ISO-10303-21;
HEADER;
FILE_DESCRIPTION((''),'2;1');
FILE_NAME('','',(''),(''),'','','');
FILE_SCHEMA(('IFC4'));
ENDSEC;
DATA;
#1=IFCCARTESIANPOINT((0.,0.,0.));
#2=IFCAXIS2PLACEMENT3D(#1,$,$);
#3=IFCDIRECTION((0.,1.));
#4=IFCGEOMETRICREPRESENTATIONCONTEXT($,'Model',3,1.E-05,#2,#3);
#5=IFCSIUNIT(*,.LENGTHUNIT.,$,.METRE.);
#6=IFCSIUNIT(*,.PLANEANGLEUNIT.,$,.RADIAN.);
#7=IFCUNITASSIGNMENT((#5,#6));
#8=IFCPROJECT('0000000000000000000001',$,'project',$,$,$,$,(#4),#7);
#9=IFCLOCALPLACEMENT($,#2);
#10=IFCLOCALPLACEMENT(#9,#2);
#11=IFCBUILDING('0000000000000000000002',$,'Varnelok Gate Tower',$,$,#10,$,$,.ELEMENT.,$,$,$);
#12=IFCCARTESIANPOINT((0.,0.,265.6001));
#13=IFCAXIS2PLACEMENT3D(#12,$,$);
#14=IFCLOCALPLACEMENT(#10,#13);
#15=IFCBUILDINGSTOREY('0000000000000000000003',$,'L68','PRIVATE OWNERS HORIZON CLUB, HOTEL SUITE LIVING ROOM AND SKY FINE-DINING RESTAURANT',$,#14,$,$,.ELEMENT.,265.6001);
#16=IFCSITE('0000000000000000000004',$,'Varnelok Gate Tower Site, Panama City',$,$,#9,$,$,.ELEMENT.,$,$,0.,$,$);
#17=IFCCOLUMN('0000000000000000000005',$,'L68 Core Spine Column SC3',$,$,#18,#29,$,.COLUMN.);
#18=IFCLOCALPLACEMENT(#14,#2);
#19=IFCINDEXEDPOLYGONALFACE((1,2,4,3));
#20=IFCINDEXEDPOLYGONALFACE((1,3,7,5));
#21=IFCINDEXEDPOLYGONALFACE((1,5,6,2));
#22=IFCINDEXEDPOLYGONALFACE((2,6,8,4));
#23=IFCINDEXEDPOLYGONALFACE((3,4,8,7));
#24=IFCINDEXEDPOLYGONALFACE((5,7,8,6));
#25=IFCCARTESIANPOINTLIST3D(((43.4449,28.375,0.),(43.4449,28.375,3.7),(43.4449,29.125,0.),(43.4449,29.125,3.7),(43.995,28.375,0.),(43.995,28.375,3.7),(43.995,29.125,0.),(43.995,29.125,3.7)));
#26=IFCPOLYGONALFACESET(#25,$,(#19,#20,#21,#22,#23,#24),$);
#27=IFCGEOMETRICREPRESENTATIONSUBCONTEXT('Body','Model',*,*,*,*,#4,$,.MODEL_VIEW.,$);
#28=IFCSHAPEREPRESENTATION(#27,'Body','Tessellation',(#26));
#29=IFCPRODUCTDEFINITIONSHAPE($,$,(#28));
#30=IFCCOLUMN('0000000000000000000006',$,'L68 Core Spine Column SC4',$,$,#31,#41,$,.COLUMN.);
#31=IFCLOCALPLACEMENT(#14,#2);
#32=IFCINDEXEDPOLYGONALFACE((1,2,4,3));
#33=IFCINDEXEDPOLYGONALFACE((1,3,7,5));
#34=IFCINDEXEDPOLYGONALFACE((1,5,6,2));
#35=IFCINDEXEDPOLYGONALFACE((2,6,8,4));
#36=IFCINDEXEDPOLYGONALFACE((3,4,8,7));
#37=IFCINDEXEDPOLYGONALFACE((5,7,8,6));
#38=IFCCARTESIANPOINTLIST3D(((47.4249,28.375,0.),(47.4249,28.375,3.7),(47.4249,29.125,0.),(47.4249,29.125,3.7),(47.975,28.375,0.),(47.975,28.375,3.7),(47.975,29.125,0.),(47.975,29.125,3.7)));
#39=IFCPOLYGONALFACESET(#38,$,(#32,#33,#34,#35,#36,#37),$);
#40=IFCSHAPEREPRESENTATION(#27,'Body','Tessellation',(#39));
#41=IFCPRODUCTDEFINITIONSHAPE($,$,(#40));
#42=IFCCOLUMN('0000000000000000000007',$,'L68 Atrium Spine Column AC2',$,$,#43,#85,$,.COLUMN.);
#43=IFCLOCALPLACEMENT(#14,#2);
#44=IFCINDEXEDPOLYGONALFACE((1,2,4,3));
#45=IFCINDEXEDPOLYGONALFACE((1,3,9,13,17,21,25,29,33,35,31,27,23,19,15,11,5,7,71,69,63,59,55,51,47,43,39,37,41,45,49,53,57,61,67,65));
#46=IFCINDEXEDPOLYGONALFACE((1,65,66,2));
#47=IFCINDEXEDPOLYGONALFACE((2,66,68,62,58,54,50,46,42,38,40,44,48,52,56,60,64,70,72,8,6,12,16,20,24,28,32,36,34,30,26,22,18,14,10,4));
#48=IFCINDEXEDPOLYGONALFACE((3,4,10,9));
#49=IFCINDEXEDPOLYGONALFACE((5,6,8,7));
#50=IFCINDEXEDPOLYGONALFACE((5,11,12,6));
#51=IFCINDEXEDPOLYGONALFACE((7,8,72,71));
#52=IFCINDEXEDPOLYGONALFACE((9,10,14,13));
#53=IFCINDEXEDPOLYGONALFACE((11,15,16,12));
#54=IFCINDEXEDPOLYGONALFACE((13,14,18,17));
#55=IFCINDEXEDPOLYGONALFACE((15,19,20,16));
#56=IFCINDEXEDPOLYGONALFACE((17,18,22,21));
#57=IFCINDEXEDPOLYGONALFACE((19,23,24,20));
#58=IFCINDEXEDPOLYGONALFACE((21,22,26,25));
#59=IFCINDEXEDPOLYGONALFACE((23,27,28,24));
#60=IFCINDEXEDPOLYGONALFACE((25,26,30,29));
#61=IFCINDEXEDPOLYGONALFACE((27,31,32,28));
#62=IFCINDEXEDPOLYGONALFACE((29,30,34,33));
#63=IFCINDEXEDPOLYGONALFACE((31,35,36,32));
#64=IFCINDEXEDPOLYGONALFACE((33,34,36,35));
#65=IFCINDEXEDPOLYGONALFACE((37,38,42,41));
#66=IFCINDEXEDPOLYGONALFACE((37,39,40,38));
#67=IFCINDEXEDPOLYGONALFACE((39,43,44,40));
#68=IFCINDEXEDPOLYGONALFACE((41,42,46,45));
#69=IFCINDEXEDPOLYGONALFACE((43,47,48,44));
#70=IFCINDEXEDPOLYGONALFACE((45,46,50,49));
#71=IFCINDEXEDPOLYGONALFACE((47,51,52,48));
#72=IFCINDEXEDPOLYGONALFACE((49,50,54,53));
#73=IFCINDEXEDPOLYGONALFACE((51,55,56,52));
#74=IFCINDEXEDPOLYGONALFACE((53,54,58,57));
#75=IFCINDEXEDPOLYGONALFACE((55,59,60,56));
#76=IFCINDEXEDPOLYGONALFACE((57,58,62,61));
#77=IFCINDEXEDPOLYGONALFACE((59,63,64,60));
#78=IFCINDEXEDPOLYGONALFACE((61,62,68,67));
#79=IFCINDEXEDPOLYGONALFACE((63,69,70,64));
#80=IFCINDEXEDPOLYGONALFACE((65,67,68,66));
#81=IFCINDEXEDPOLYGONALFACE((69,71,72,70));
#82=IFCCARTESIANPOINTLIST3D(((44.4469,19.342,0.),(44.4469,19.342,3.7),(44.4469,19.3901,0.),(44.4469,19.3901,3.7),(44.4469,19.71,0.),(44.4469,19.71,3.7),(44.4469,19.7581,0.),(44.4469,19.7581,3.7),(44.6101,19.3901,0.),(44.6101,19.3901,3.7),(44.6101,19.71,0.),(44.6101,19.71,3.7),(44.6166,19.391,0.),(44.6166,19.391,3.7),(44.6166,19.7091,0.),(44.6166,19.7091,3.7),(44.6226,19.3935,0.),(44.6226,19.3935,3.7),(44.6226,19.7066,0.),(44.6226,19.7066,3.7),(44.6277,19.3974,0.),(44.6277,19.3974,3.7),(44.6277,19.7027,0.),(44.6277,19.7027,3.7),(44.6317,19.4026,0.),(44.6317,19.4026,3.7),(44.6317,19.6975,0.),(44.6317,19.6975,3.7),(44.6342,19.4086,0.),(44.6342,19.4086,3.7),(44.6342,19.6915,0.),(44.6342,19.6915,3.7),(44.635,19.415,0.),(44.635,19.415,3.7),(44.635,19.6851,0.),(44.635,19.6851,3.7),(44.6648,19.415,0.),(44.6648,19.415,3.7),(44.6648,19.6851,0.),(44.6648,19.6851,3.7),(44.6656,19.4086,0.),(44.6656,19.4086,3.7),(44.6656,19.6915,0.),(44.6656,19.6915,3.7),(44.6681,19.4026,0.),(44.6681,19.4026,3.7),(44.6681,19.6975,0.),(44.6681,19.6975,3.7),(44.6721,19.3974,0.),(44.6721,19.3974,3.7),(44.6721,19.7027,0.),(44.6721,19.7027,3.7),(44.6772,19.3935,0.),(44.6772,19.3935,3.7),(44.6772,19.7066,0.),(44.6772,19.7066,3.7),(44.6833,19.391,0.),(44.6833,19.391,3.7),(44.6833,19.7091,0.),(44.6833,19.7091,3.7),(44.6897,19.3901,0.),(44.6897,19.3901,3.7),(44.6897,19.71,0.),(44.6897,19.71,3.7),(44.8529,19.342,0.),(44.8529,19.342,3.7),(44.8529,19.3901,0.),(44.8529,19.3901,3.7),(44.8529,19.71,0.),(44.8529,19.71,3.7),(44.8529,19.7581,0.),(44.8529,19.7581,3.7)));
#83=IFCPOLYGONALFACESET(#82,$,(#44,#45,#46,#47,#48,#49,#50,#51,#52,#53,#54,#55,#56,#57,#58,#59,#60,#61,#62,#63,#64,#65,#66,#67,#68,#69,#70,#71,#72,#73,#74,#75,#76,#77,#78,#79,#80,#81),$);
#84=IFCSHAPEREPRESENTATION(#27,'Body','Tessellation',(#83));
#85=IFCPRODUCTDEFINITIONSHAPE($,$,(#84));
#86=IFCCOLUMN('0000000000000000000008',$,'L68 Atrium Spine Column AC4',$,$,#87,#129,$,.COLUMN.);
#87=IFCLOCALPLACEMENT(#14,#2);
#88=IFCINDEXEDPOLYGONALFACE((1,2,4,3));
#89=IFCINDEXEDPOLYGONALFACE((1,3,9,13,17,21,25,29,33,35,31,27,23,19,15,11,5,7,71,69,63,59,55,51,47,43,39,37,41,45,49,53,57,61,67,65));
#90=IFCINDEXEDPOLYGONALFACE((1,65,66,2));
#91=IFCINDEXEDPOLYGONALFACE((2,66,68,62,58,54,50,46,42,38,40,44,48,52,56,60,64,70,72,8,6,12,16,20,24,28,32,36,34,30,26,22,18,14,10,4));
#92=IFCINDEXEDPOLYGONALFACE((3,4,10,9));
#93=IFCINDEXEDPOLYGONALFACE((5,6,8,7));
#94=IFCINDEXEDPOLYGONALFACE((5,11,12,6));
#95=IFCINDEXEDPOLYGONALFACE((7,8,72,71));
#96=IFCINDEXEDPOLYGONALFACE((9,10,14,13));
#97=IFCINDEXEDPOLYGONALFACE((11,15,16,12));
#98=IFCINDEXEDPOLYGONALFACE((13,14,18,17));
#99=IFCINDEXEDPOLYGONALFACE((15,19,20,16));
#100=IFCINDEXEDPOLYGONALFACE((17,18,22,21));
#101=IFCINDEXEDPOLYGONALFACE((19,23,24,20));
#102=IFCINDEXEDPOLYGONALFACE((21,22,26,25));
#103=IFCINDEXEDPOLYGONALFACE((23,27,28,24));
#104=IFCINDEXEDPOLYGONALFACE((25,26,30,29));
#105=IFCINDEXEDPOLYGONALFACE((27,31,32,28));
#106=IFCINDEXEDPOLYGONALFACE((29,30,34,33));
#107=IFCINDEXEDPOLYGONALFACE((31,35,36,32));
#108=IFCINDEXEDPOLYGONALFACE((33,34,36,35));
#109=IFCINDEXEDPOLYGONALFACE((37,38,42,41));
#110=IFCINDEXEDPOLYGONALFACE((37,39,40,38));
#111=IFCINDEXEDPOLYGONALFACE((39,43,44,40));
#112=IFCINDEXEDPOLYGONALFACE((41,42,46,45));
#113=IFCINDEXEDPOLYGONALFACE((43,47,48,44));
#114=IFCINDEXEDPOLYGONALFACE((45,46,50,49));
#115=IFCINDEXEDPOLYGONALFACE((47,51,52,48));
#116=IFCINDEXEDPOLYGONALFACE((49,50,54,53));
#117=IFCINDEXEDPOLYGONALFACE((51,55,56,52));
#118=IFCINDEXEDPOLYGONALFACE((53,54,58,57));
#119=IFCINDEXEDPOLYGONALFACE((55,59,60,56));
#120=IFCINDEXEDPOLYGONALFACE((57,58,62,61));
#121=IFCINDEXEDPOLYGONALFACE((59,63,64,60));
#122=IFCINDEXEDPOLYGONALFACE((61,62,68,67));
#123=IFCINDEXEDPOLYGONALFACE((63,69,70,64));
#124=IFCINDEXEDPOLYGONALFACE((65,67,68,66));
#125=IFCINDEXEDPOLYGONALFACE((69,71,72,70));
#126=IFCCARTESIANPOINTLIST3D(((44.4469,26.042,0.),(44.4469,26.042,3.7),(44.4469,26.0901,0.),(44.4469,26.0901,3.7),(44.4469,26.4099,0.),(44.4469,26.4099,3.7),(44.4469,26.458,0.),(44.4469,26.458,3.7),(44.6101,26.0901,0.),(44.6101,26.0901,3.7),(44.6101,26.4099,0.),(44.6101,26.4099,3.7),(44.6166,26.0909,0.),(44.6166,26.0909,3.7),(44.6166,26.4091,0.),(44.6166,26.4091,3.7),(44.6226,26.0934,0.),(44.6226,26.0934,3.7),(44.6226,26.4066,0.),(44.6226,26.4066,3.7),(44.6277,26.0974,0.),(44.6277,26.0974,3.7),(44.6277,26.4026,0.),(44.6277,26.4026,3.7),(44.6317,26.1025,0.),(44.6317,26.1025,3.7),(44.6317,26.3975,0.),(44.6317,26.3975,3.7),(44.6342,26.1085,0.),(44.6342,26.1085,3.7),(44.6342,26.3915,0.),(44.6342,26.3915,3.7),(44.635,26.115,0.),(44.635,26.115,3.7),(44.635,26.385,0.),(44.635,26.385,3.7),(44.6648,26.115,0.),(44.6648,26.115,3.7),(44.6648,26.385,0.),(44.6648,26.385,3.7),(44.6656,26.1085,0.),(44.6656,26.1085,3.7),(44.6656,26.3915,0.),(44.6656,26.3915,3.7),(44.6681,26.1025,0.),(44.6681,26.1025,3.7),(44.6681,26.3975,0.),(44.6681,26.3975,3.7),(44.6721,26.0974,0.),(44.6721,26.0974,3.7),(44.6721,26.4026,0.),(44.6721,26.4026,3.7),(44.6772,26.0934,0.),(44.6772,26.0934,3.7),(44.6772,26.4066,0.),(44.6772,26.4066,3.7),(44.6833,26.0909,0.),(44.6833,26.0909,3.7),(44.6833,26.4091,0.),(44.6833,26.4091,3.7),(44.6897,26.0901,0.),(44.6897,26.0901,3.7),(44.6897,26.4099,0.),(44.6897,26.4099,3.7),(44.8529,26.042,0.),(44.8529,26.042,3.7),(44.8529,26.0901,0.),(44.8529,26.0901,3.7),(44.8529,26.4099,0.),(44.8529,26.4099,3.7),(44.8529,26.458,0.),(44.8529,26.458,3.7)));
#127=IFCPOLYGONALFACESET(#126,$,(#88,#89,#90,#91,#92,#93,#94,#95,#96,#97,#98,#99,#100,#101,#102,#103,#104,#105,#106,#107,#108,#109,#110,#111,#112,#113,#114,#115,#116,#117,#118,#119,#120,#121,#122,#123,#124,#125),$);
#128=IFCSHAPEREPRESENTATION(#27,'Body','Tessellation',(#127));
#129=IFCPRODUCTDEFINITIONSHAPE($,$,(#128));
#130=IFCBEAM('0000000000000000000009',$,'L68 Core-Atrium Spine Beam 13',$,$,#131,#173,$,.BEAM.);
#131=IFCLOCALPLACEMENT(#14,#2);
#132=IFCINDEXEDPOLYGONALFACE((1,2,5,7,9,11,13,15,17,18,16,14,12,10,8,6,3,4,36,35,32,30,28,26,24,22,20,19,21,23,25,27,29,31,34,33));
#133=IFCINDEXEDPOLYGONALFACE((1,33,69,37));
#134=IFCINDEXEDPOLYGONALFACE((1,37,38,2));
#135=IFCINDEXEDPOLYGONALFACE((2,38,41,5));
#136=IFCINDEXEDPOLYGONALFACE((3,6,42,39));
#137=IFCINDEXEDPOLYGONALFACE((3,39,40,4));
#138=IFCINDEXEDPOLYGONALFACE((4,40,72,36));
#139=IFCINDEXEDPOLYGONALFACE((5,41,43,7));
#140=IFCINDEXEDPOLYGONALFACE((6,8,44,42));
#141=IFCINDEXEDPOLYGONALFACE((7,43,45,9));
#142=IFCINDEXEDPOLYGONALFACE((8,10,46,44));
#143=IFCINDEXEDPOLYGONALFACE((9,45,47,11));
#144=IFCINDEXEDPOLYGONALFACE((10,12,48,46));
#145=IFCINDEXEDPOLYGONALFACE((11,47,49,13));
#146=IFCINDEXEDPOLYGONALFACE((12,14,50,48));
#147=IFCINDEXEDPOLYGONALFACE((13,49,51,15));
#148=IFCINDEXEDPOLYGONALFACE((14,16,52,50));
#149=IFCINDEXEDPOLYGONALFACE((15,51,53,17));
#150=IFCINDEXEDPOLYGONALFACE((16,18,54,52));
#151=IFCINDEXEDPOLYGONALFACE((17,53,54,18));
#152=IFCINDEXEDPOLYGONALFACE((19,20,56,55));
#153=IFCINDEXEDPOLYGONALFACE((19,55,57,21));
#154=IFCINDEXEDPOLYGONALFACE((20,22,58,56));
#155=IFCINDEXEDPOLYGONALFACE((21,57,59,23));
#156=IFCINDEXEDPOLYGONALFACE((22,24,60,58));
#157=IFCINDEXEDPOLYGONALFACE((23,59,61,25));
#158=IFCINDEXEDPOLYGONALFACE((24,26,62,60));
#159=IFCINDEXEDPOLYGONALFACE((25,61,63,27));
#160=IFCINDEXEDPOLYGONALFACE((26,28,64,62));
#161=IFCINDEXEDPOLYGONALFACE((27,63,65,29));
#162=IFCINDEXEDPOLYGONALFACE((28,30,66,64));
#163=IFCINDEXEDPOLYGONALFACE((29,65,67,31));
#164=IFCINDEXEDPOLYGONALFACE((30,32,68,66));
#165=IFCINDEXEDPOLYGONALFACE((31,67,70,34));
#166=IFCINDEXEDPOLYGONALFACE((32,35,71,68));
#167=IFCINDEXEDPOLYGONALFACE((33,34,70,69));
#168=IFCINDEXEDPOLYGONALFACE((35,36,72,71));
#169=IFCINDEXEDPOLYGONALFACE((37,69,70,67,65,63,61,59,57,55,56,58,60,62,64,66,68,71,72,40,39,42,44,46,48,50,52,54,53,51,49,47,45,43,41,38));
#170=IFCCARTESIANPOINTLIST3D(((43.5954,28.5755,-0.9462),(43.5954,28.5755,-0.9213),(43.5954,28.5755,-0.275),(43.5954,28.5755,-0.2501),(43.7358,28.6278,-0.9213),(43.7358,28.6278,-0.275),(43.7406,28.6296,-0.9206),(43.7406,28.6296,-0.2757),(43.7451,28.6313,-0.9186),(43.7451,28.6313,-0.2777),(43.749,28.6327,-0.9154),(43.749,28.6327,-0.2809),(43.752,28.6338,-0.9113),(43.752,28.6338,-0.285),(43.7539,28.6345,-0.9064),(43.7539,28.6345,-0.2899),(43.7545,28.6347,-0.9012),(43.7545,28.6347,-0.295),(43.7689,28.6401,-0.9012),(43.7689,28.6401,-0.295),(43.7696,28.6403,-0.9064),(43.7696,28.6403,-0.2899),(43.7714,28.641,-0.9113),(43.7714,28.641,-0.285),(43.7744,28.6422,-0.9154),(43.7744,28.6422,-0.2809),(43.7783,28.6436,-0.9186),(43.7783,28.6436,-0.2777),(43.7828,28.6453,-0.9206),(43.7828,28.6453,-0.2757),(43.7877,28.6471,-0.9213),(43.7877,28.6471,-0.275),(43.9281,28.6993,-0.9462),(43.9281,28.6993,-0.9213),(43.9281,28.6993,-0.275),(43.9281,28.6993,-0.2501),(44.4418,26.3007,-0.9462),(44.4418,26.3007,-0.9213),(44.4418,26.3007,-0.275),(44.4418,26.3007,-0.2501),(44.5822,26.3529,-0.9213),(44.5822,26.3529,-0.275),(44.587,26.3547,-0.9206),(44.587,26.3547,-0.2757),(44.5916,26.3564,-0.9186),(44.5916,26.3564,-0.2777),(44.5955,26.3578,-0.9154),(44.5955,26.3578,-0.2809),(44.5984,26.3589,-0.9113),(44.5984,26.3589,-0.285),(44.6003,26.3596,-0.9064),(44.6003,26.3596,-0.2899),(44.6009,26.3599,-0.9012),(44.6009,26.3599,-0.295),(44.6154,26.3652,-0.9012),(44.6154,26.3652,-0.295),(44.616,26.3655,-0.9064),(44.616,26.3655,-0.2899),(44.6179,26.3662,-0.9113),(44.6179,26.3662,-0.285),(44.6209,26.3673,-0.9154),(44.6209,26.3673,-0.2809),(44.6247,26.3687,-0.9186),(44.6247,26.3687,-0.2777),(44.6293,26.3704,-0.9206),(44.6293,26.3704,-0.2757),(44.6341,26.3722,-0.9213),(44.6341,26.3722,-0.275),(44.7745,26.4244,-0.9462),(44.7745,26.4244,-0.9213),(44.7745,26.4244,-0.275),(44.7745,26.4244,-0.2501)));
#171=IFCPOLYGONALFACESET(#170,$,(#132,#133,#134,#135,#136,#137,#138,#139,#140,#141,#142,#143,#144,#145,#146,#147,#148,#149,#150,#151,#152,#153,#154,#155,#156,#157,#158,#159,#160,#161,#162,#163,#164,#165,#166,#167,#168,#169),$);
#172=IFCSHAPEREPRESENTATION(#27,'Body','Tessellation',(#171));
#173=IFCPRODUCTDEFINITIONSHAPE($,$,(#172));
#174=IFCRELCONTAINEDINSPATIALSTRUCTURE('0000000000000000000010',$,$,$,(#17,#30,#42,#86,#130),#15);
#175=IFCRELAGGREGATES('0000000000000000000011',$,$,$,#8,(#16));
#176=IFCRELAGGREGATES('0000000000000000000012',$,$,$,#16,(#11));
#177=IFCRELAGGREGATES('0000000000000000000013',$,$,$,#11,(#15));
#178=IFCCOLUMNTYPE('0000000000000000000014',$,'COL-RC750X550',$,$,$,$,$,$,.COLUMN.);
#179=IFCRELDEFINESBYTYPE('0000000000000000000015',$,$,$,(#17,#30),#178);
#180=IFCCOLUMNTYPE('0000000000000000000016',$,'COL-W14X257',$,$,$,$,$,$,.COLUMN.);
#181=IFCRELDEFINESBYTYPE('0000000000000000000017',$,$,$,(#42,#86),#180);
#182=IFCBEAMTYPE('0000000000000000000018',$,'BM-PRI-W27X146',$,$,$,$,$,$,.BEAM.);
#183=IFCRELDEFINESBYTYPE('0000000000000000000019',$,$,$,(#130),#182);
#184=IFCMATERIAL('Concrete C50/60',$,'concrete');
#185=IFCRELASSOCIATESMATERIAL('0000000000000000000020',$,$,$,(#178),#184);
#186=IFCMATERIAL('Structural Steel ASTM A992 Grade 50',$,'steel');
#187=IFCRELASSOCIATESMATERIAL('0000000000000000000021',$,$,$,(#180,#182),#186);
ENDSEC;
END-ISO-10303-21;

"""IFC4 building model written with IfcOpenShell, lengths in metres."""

from ifc_helpers import new_model, si_unit, direction, frame, origin, origin_2d, place, context, subcontext, project, spatial, rectangle, i_section, extrude, material, material_profile, profile_set, type_object, element, save


model = new_model("IFC4")

# Units and contexts
model_context = context("Model", 3, precision=1e-05, world=origin(), true_north=direction((0.0, 1.0)))
body_context = subcontext(model_context, "Body", "Model", "MODEL_VIEW")
ifc_project = project(units=[si_unit("LENGTHUNIT", "METRE"), si_unit("PLANEANGLEUNIT", "RADIAN")], contexts=[model_context])

# Site, building, storey
site_placement = place(None, origin())
site = spatial("IfcSite", under=ifc_project, at=site_placement, Name="Varnelok Gate Tower Site, Panama City", CompositionType="ELEMENT", RefElevation=0.0)
building_placement = place(site_placement, origin())
building = spatial("IfcBuilding", under=site, at=building_placement, Name="Varnelok Gate Tower", CompositionType="ELEMENT")
storey_placement = place(building_placement, frame((0.0, 0.0, 265.6001)))
storey = spatial("IfcBuildingStorey", under=building, at=storey_placement, Name="L68", Description="PRIVATE OWNERS HORIZON CLUB, HOTEL SUITE LIVING ROOM AND SKY FINE-DINING RESTAURANT", CompositionType="ELEMENT", Elevation=265.6001)

# Columns
ifc_material_1 = material(Name="Concrete C50/60", Category="concrete")
ifc_material_profile_1 = material_profile(ifc_material_1, rectangle(XDim=0.55, YDim=0.75, at=origin_2d()), Name="RC750X550")
ifc_profile_set_1 = profile_set([ifc_material_profile_1], Name="Concrete C50/60")
column_type_1 = type_object("IfcColumnType", Name="COL-RC750X550", PredefinedType="COLUMN", material=ifc_profile_set_1)
for number, where, z_axis, x_axis, name in (
    (1, (43.72, 28.75, 0.0), (0.0, 0.0, 1.0), (1.0, 0.0, 0.0), "L68 Core Spine Column SC3"),
    (2, (47.7, 28.75, 0.0), (0.0, 0.0, 1.0), (1.0, 0.0, 0.0), "L68 Core Spine Column SC4"),
):
    element("IfcColumn", number, at=place(storey_placement, frame(where, z_axis=z_axis, x_axis=x_axis)), inside=storey, type_object=column_type_1, Name=name, PredefinedType="COLUMN", context=body_context, shape_type="SweptSolid", body=[
        extrude(rectangle(XDim=0.55, YDim=0.75, at=origin_2d()), origin(), (0.0, 0.0, 1.0), 3.7),
    ])
ifc_material_2 = material(Name="Structural Steel ASTM A992 Grade 50", Category="steel")
ifc_material_profile_2 = material_profile(ifc_material_2, i_section(OverallWidth=0.406, OverallDepth=0.416, WebThickness=0.0298, FlangeThickness=0.0481, FilletRadius=0.0249, at=origin_2d()), Name="W14X257")
ifc_profile_set_2 = profile_set([ifc_material_profile_2], Name="Structural Steel ASTM A992 Grade 50")
column_type_2 = type_object("IfcColumnType", Name="COL-W14X257", PredefinedType="COLUMN", material=ifc_profile_set_2)
for number, where, z_axis, x_axis, name in (
    (3, (44.6499, 19.55, 0.0), (0.0, 0.0, 1.0), (1.0, 0.0, 0.0), "L68 Atrium Spine Column AC2"),
    (4, (44.6499, 26.25, 0.0), (0.0, 0.0, 1.0), (1.0, 0.0, 0.0), "L68 Atrium Spine Column AC4"),
):
    element("IfcColumn", number, at=place(storey_placement, frame(where, z_axis=z_axis, x_axis=x_axis)), inside=storey, type_object=column_type_2, Name=name, PredefinedType="COLUMN", context=body_context, shape_type="SweptSolid", body=[
        extrude(i_section(OverallWidth=0.406, OverallDepth=0.416, WebThickness=0.0298, FlangeThickness=0.0481, FilletRadius=0.0249, at=origin_2d()), origin(), (0.0, 0.0, 1.0), 3.7),
    ])

# Beam
ifc_material_profile_3 = material_profile(ifc_material_2, i_section(OverallWidth=0.355, OverallDepth=0.696, WebThickness=0.0154, FlangeThickness=0.0249, FilletRadius=0.02, at=origin_2d()), Name="W27X146")
ifc_profile_set_3 = profile_set([ifc_material_profile_3], Name="Structural Steel ASTM A992 Grade 50")
beam_type_1 = type_object("IfcBeamType", Name="BM-PRI-W27X146", PredefinedType="BEAM", material=ifc_profile_set_3)
beam_1_placement = place(storey_placement, frame((44.6082, 26.3625, -0.5981), z_axis=(-0.348719, 0.937227, 0.0), x_axis=(-0.937227, -0.348719, 0.0)))
element("IfcBeam", 5, at=beam_1_placement, inside=storey, type_object=beam_type_1, Name="L68 Core-Atrium Spine Beam 13", PredefinedType="BEAM", context=body_context, shape_type="SweptSolid", body=[
    extrude(i_section(OverallWidth=0.355, OverallDepth=0.696, WebThickness=0.0154, FlangeThickness=0.0249, FilletRadius=0.02, at=origin_2d()), origin(), (0.0, 0.0, 1.0), 2.4272),
])

save(model, "model.ifc")
